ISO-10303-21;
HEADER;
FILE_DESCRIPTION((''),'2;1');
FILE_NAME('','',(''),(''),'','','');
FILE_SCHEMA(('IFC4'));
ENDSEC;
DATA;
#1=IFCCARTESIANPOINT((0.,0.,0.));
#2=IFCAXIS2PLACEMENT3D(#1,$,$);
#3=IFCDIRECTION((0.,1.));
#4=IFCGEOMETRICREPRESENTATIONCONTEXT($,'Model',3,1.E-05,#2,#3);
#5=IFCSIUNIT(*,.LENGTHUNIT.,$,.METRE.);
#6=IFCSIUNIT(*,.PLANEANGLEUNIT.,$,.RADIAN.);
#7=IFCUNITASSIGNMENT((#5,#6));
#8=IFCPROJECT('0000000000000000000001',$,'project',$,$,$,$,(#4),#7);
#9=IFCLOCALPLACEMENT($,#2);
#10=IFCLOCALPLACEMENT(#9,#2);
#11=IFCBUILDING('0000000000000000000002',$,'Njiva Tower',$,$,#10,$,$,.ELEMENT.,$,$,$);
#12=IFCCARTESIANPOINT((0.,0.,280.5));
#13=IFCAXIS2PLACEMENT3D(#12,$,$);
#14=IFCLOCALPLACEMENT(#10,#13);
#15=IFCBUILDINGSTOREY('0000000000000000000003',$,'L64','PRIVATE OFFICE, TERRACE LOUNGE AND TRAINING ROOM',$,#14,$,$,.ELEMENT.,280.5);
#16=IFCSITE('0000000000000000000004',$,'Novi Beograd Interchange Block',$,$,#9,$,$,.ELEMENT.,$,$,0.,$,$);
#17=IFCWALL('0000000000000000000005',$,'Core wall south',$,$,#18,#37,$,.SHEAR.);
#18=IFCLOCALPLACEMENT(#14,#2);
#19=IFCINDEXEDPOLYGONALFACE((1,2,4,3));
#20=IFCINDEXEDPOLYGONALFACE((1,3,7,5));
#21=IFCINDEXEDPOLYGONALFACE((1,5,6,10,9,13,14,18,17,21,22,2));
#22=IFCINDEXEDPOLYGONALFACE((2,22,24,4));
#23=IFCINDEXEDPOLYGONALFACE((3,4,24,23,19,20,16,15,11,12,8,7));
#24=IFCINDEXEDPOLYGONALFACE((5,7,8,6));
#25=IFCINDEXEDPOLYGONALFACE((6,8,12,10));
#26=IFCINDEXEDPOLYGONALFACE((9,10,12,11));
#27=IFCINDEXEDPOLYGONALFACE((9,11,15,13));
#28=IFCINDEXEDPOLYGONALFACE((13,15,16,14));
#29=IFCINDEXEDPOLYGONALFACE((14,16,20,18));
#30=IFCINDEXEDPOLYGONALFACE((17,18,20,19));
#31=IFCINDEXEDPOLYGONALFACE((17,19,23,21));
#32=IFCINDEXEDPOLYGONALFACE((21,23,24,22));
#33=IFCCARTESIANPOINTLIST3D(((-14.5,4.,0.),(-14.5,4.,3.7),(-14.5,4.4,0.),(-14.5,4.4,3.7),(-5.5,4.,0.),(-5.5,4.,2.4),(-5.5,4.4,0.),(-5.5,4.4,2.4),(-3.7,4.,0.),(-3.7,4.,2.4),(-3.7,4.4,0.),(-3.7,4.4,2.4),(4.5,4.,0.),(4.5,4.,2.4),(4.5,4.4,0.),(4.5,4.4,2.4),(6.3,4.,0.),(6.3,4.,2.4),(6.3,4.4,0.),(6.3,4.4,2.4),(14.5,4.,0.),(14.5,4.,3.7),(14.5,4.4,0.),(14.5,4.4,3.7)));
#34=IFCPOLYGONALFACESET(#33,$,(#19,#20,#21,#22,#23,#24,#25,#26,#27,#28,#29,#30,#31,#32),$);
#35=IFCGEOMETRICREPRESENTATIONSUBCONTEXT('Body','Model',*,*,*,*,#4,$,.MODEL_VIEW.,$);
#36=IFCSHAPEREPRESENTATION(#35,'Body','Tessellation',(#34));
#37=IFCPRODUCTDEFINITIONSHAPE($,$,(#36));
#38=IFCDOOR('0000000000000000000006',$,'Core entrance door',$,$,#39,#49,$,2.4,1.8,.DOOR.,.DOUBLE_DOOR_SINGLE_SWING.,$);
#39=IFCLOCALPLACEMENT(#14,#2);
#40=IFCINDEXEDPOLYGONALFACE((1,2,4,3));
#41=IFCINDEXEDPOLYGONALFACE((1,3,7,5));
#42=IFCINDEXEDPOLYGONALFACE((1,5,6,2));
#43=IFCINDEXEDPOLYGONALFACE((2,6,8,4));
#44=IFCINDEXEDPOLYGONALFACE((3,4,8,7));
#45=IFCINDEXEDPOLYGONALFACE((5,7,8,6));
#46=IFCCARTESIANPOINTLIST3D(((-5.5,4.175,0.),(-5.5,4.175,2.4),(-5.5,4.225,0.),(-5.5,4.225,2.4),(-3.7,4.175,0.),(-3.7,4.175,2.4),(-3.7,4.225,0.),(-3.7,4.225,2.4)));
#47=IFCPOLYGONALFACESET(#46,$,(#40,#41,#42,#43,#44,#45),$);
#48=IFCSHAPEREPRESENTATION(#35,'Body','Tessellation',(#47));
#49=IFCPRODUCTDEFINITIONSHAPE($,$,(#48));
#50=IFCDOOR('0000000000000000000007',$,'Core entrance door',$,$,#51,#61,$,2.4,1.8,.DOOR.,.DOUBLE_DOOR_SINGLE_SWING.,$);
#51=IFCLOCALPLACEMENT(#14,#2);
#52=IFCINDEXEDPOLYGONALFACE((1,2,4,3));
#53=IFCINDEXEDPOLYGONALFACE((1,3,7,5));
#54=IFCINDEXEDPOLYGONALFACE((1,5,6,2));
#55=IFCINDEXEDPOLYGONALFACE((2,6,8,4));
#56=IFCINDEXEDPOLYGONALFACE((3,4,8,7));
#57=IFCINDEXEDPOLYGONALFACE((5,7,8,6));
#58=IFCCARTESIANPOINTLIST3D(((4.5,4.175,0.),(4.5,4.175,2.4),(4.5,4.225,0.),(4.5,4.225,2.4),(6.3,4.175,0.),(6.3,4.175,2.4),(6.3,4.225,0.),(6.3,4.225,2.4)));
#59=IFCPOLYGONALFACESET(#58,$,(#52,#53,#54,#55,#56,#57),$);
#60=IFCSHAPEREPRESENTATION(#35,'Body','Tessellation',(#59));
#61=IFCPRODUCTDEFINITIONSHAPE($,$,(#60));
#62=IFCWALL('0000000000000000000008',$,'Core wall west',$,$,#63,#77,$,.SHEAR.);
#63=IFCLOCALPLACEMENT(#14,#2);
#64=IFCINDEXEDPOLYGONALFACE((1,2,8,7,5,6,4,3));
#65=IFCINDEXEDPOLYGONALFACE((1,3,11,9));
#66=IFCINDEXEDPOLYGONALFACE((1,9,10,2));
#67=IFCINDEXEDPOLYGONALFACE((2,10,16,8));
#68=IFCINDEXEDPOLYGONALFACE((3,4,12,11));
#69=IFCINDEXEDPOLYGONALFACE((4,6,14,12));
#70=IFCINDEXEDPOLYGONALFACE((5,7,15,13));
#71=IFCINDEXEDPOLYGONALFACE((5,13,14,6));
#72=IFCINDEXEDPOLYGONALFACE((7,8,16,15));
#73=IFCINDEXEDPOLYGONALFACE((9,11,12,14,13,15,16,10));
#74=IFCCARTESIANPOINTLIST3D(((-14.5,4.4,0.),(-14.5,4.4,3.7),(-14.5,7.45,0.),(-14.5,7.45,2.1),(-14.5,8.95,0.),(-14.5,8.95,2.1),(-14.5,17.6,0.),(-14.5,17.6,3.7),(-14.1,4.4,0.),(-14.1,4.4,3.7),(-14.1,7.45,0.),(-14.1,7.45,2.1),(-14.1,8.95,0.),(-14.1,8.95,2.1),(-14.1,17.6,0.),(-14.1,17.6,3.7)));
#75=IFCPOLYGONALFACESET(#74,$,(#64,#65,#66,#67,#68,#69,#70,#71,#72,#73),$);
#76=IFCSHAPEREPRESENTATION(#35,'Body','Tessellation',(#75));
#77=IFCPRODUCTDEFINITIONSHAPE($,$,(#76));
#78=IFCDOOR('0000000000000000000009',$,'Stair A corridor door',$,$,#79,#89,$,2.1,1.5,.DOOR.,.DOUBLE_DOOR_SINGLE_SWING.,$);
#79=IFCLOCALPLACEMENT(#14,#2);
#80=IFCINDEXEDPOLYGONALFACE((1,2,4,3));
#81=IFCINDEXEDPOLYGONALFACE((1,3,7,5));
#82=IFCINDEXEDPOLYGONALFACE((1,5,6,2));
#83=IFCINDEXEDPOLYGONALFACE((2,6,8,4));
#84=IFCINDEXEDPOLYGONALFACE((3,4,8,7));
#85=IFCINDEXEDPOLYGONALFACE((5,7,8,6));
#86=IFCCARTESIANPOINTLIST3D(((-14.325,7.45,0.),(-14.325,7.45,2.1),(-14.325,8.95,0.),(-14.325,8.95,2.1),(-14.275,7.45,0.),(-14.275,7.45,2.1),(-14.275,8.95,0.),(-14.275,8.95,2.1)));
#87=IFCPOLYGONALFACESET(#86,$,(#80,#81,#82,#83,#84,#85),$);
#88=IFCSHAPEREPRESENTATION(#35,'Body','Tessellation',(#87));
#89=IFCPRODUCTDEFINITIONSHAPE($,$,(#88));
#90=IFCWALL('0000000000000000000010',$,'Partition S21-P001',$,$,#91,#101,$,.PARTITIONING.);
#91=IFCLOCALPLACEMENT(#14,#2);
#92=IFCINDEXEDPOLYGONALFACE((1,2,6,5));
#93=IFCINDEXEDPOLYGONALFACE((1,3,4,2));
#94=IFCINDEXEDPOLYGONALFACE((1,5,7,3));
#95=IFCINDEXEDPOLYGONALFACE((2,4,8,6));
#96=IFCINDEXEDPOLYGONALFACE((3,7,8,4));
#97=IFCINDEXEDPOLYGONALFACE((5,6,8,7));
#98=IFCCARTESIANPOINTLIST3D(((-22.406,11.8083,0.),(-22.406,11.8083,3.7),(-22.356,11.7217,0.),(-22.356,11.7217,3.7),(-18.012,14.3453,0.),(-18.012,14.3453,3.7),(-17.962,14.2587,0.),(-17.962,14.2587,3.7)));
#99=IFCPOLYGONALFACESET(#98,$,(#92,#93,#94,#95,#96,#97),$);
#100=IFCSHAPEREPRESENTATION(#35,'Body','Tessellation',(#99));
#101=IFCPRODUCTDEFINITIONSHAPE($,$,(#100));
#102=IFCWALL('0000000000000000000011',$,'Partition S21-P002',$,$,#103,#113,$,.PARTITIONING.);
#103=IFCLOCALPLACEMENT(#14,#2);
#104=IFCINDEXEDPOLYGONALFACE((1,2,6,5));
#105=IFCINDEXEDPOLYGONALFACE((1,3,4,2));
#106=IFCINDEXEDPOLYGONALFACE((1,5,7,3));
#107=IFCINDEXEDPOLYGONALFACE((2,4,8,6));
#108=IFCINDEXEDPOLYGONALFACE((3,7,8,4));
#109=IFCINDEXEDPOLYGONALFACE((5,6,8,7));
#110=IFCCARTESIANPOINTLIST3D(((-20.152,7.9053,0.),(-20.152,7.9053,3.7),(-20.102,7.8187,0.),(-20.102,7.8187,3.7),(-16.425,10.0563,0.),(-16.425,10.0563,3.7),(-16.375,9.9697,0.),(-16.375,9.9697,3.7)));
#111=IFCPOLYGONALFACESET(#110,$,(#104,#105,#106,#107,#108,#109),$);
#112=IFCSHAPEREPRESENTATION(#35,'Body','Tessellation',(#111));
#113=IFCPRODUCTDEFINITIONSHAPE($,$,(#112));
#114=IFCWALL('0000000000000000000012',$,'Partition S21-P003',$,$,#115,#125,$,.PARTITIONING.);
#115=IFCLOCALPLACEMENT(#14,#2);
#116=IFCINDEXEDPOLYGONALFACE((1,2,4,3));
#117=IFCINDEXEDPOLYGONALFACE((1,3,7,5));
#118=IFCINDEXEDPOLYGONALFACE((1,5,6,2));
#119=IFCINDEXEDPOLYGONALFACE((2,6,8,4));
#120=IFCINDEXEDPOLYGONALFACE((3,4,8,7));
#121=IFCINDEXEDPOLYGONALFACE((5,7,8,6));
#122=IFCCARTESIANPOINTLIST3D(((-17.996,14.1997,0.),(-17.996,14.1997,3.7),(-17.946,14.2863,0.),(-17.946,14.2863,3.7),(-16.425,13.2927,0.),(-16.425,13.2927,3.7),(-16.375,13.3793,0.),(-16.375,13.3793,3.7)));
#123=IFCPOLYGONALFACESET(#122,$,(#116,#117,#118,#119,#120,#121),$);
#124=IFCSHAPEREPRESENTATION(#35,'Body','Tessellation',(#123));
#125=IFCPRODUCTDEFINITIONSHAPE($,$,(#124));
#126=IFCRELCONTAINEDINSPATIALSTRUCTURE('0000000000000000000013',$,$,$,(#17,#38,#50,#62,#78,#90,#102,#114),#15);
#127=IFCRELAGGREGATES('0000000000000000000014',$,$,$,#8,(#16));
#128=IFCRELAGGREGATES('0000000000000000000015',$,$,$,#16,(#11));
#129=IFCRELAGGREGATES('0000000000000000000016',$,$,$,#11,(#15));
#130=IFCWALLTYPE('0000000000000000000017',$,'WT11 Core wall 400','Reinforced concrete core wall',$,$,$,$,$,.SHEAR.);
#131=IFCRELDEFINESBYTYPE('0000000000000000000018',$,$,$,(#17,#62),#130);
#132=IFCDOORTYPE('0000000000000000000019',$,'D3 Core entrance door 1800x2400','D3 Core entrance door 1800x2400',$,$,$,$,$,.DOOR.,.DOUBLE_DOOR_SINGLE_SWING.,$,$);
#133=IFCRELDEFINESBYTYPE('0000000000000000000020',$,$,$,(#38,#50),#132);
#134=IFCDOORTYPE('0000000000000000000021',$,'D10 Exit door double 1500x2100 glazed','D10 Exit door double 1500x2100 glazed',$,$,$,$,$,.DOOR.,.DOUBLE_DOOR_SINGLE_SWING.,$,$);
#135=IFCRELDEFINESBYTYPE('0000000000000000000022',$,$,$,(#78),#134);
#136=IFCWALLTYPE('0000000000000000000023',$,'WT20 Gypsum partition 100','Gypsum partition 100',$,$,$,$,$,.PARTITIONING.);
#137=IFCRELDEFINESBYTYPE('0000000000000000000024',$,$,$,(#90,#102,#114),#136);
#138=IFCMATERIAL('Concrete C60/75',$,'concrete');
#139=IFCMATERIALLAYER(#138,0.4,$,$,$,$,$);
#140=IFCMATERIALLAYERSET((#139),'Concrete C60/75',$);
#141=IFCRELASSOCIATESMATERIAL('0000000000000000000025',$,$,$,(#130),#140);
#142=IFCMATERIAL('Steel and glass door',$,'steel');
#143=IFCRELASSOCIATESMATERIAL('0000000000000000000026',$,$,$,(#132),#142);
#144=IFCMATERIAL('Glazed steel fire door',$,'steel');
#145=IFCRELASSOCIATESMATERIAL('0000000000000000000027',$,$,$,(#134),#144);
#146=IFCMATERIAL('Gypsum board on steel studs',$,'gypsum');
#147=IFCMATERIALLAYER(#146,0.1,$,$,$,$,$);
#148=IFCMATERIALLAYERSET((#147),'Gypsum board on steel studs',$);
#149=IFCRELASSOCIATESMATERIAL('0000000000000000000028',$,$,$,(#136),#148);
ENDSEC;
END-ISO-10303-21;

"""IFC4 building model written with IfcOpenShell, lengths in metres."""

from ifc_helpers import new_model, si_unit, direction, frame, frame_2d, origin, place, context, subcontext, project, spatial, rectangle, extrude, material, layer, layer_set, type_object, element, fill, save


model = new_model("IFC4")

# Units and contexts
model_context = context("Model", 3, precision=1e-05, world=origin(), true_north=direction((0.0, 1.0)))
body_context = subcontext(model_context, "Body", "Model", "MODEL_VIEW")
ifc_project = project(units=[si_unit("LENGTHUNIT", "METRE"), si_unit("PLANEANGLEUNIT", "RADIAN")], contexts=[model_context])

# Site, building, storey
site_placement = place(None, origin())
site = spatial("IfcSite", under=ifc_project, at=site_placement, Name="Novi Beograd Interchange Block", CompositionType="ELEMENT", RefElevation=0.0)
building_placement = place(site_placement, origin())
building = spatial("IfcBuilding", under=site, at=building_placement, Name="Njiva Tower", CompositionType="ELEMENT")
storey_placement = place(building_placement, frame((0.0, 0.0, 280.5)))
storey = spatial("IfcBuildingStorey", under=building, at=storey_placement, Name="L64", Description="PRIVATE OFFICE, TERRACE LOUNGE AND TRAINING ROOM", CompositionType="ELEMENT", Elevation=280.5)

# Wall, openings, doors
ifc_material_1 = material(Name="Concrete C60/75", Category="concrete")
ifc_layer_1 = layer(ifc_material_1, 0.4)
ifc_layer_set_1 = layer_set([ifc_layer_1], Name="Concrete C60/75")
wall_type_1 = type_object("IfcWallType", Name="WT11 Core wall 400", Description="Reinforced concrete core wall", PredefinedType="SHEAR", material=ifc_layer_set_1)
wall_1_placement = place(storey_placement, frame((-14.5, 4.2, 0.0), z_axis=(0.0, 0.0, 1.0), x_axis=(1.0, 0.0, 0.0)))
wall_1 = element("IfcWall", 1, at=wall_1_placement, inside=storey, type_object=wall_type_1, Name="Core wall south", PredefinedType="SHEAR", context=body_context, shape_type="SweptSolid", body=[
    extrude(rectangle(XDim=29.0, YDim=0.4, at=frame_2d((14.5, 0.0))), origin(), (0.0, 0.0, 1.0), 3.7),
])
opening_1_placement = place(wall_1_placement, frame((9.0, 0.0, 0.0)))
opening_1 = element("IfcOpeningElement", 2, at=opening_1_placement, cuts=wall_1, PredefinedType="OPENING", context=body_context, shape_type="SweptSolid", body=[
    extrude(rectangle(XDim=1.8, YDim=2.4, at=frame_2d((0.9, 1.2))), frame((0.0, 0.21, 0.0), z_axis=(0.0, -1.0, 0.0), x_axis=(1.0, 0.0, 0.0)), (0.0, 0.0, 1.0), 0.42),
])
opening_2_placement = place(wall_1_placement, frame((19.0, 0.0, 0.0)))
opening_2 = element("IfcOpeningElement", 3, at=opening_2_placement, cuts=wall_1, PredefinedType="OPENING", context=body_context, shape_type="SweptSolid", body=[
    extrude(rectangle(XDim=1.8, YDim=2.4, at=frame_2d((0.9, 1.2))), frame((0.0, 0.21, 0.0), z_axis=(0.0, -1.0, 0.0), x_axis=(1.0, 0.0, 0.0)), (0.0, 0.0, 1.0), 0.42),
])
ifc_material_2 = material(Name="Steel and glass door", Category="steel")
door_type_1 = type_object("IfcDoorType", Name="D3 Core entrance door 1800x2400", Description="D3 Core entrance door 1800x2400", OperationType="DOUBLE_DOOR_SINGLE_SWING", PredefinedType="DOOR", material=ifc_material_2)
door_1_placement = place(opening_1_placement, origin())
door_1 = element("IfcDoor", 4, at=door_1_placement, inside=storey, type_object=door_type_1, Name="Core entrance door", OperationType="DOUBLE_DOOR_SINGLE_SWING", OverallHeight=2.4, OverallWidth=1.8, PredefinedType="DOOR", context=body_context, shape_type="SweptSolid", body=[
    extrude(rectangle(XDim=1.8, YDim=2.4, at=frame_2d((0.9, 1.2))), frame((0.0, 0.025, 0.0), z_axis=(0.0, -1.0, 0.0), x_axis=(1.0, 0.0, 0.0)), (0.0, 0.0, 1.0), 0.05),
])
fill(opening_1, door_1)
door_2_placement = place(opening_2_placement, origin())
door_2 = element("IfcDoor", 5, at=door_2_placement, inside=storey, type_object=door_type_1, Name="Core entrance door", OperationType="DOUBLE_DOOR_SINGLE_SWING", OverallHeight=2.4, OverallWidth=1.8, PredefinedType="DOOR", context=body_context, shape_type="SweptSolid", body=[
    extrude(rectangle(XDim=1.8, YDim=2.4, at=frame_2d((0.9, 1.2))), frame((0.0, 0.025, 0.0), z_axis=(0.0, -1.0, 0.0), x_axis=(1.0, 0.0, 0.0)), (0.0, 0.0, 1.0), 0.05),
])
fill(opening_2, door_2)

# Wall, opening, door
wall_2_placement = place(storey_placement, frame((-14.3, 4.4, 0.0), z_axis=(0.0, 0.0, 1.0), x_axis=(0.0, 1.0, 0.0)))
wall_2 = element("IfcWall", 6, at=wall_2_placement, inside=storey, type_object=wall_type_1, Name="Core wall west", PredefinedType="SHEAR", context=body_context, shape_type="SweptSolid", body=[
    extrude(rectangle(XDim=13.2, YDim=0.4, at=frame_2d((6.6, 0.0))), origin(), (0.0, 0.0, 1.0), 3.7),
])
opening_3_placement = place(wall_2_placement, frame((3.05, 0.0, 0.0)))
opening_3 = element("IfcOpeningElement", 7, at=opening_3_placement, cuts=wall_2, PredefinedType="OPENING", context=body_context, shape_type="SweptSolid", body=[
    extrude(rectangle(XDim=1.5, YDim=2.1, at=frame_2d((0.75, 1.05))), frame((0.0, 0.21, 0.0), z_axis=(0.0, -1.0, 0.0), x_axis=(1.0, 0.0, 0.0)), (0.0, 0.0, 1.0), 0.42),
])
ifc_material_3 = material(Name="Glazed steel fire door", Category="steel")
door_type_2 = type_object("IfcDoorType", Name="D10 Exit door double 1500x2100 glazed", Description="D10 Exit door double 1500x2100 glazed", OperationType="DOUBLE_DOOR_SINGLE_SWING", PredefinedType="DOOR", material=ifc_material_3)
door_3_placement = place(opening_3_placement, origin())
door_3 = element("IfcDoor", 8, at=door_3_placement, inside=storey, type_object=door_type_2, Name="Stair A corridor door", OperationType="DOUBLE_DOOR_SINGLE_SWING", OverallHeight=2.1, OverallWidth=1.5, PredefinedType="DOOR", context=body_context, shape_type="SweptSolid", body=[
    extrude(rectangle(XDim=1.5, YDim=2.1, at=frame_2d((0.75, 1.05))), frame((0.0, 0.025, 0.0), z_axis=(0.0, -1.0, 0.0), x_axis=(1.0, 0.0, 0.0)), (0.0, 0.0, 1.0), 0.05),
])
fill(opening_3, door_3)

# Walls
ifc_material_4 = material(Name="Gypsum board on steel studs", Category="gypsum")
ifc_layer_2 = layer(ifc_material_4, 0.1)
ifc_layer_set_2 = layer_set([ifc_layer_2], Name="Gypsum board on steel studs")
wall_type_2 = type_object("IfcWallType", Name="WT20 Gypsum partition 100", Description="Gypsum partition 100", PredefinedType="PARTITIONING", material=ifc_layer_set_2)
wall_3_placement = place(storey_placement, frame((-22.381, 11.765, 0.0), z_axis=(0.0, 0.0, 1.0), x_axis=(0.866015, 0.500018, 0.0)))
element("IfcWall", 9, at=wall_3_placement, inside=storey, type_object=wall_type_2, Name="Partition S21-P001", PredefinedType="PARTITIONING", context=body_context, shape_type="SweptSolid", body=[
    extrude(rectangle(XDim=5.0738, YDim=0.1, at=frame_2d((2.5369, 0.0))), origin(), (0.0, 0.0, 1.0), 3.7),
])
wall_4_placement = place(storey_placement, frame((-20.127, 7.862, 0.0), z_axis=(0.0, 0.0, 1.0), x_axis=(0.866104, 0.499863, 0.0)))
element("IfcWall", 10, at=wall_4_placement, inside=storey, type_object=wall_type_2, Name="Partition S21-P002", PredefinedType="PARTITIONING", context=body_context, shape_type="SweptSolid", body=[
    extrude(rectangle(XDim=4.3032, YDim=0.1, at=frame_2d((2.1516, 0.0))), origin(), (0.0, 0.0, 1.0), 3.7),
])
wall_5_placement = place(storey_placement, frame((-17.971, 14.243, 0.0), z_axis=(0.0, 0.0, 1.0), x_axis=(0.86603, -0.499993, 0.0)))
element("IfcWall", 11, at=wall_5_placement, inside=storey, type_object=wall_type_2, Name="Partition S21-P003", PredefinedType="PARTITIONING", context=body_context, shape_type="SweptSolid", body=[
    extrude(rectangle(XDim=1.814, YDim=0.1, at=frame_2d((0.907, 0.0))), origin(), (0.0, 0.0, 1.0), 3.7),
])

save(model, "model.ifc")
